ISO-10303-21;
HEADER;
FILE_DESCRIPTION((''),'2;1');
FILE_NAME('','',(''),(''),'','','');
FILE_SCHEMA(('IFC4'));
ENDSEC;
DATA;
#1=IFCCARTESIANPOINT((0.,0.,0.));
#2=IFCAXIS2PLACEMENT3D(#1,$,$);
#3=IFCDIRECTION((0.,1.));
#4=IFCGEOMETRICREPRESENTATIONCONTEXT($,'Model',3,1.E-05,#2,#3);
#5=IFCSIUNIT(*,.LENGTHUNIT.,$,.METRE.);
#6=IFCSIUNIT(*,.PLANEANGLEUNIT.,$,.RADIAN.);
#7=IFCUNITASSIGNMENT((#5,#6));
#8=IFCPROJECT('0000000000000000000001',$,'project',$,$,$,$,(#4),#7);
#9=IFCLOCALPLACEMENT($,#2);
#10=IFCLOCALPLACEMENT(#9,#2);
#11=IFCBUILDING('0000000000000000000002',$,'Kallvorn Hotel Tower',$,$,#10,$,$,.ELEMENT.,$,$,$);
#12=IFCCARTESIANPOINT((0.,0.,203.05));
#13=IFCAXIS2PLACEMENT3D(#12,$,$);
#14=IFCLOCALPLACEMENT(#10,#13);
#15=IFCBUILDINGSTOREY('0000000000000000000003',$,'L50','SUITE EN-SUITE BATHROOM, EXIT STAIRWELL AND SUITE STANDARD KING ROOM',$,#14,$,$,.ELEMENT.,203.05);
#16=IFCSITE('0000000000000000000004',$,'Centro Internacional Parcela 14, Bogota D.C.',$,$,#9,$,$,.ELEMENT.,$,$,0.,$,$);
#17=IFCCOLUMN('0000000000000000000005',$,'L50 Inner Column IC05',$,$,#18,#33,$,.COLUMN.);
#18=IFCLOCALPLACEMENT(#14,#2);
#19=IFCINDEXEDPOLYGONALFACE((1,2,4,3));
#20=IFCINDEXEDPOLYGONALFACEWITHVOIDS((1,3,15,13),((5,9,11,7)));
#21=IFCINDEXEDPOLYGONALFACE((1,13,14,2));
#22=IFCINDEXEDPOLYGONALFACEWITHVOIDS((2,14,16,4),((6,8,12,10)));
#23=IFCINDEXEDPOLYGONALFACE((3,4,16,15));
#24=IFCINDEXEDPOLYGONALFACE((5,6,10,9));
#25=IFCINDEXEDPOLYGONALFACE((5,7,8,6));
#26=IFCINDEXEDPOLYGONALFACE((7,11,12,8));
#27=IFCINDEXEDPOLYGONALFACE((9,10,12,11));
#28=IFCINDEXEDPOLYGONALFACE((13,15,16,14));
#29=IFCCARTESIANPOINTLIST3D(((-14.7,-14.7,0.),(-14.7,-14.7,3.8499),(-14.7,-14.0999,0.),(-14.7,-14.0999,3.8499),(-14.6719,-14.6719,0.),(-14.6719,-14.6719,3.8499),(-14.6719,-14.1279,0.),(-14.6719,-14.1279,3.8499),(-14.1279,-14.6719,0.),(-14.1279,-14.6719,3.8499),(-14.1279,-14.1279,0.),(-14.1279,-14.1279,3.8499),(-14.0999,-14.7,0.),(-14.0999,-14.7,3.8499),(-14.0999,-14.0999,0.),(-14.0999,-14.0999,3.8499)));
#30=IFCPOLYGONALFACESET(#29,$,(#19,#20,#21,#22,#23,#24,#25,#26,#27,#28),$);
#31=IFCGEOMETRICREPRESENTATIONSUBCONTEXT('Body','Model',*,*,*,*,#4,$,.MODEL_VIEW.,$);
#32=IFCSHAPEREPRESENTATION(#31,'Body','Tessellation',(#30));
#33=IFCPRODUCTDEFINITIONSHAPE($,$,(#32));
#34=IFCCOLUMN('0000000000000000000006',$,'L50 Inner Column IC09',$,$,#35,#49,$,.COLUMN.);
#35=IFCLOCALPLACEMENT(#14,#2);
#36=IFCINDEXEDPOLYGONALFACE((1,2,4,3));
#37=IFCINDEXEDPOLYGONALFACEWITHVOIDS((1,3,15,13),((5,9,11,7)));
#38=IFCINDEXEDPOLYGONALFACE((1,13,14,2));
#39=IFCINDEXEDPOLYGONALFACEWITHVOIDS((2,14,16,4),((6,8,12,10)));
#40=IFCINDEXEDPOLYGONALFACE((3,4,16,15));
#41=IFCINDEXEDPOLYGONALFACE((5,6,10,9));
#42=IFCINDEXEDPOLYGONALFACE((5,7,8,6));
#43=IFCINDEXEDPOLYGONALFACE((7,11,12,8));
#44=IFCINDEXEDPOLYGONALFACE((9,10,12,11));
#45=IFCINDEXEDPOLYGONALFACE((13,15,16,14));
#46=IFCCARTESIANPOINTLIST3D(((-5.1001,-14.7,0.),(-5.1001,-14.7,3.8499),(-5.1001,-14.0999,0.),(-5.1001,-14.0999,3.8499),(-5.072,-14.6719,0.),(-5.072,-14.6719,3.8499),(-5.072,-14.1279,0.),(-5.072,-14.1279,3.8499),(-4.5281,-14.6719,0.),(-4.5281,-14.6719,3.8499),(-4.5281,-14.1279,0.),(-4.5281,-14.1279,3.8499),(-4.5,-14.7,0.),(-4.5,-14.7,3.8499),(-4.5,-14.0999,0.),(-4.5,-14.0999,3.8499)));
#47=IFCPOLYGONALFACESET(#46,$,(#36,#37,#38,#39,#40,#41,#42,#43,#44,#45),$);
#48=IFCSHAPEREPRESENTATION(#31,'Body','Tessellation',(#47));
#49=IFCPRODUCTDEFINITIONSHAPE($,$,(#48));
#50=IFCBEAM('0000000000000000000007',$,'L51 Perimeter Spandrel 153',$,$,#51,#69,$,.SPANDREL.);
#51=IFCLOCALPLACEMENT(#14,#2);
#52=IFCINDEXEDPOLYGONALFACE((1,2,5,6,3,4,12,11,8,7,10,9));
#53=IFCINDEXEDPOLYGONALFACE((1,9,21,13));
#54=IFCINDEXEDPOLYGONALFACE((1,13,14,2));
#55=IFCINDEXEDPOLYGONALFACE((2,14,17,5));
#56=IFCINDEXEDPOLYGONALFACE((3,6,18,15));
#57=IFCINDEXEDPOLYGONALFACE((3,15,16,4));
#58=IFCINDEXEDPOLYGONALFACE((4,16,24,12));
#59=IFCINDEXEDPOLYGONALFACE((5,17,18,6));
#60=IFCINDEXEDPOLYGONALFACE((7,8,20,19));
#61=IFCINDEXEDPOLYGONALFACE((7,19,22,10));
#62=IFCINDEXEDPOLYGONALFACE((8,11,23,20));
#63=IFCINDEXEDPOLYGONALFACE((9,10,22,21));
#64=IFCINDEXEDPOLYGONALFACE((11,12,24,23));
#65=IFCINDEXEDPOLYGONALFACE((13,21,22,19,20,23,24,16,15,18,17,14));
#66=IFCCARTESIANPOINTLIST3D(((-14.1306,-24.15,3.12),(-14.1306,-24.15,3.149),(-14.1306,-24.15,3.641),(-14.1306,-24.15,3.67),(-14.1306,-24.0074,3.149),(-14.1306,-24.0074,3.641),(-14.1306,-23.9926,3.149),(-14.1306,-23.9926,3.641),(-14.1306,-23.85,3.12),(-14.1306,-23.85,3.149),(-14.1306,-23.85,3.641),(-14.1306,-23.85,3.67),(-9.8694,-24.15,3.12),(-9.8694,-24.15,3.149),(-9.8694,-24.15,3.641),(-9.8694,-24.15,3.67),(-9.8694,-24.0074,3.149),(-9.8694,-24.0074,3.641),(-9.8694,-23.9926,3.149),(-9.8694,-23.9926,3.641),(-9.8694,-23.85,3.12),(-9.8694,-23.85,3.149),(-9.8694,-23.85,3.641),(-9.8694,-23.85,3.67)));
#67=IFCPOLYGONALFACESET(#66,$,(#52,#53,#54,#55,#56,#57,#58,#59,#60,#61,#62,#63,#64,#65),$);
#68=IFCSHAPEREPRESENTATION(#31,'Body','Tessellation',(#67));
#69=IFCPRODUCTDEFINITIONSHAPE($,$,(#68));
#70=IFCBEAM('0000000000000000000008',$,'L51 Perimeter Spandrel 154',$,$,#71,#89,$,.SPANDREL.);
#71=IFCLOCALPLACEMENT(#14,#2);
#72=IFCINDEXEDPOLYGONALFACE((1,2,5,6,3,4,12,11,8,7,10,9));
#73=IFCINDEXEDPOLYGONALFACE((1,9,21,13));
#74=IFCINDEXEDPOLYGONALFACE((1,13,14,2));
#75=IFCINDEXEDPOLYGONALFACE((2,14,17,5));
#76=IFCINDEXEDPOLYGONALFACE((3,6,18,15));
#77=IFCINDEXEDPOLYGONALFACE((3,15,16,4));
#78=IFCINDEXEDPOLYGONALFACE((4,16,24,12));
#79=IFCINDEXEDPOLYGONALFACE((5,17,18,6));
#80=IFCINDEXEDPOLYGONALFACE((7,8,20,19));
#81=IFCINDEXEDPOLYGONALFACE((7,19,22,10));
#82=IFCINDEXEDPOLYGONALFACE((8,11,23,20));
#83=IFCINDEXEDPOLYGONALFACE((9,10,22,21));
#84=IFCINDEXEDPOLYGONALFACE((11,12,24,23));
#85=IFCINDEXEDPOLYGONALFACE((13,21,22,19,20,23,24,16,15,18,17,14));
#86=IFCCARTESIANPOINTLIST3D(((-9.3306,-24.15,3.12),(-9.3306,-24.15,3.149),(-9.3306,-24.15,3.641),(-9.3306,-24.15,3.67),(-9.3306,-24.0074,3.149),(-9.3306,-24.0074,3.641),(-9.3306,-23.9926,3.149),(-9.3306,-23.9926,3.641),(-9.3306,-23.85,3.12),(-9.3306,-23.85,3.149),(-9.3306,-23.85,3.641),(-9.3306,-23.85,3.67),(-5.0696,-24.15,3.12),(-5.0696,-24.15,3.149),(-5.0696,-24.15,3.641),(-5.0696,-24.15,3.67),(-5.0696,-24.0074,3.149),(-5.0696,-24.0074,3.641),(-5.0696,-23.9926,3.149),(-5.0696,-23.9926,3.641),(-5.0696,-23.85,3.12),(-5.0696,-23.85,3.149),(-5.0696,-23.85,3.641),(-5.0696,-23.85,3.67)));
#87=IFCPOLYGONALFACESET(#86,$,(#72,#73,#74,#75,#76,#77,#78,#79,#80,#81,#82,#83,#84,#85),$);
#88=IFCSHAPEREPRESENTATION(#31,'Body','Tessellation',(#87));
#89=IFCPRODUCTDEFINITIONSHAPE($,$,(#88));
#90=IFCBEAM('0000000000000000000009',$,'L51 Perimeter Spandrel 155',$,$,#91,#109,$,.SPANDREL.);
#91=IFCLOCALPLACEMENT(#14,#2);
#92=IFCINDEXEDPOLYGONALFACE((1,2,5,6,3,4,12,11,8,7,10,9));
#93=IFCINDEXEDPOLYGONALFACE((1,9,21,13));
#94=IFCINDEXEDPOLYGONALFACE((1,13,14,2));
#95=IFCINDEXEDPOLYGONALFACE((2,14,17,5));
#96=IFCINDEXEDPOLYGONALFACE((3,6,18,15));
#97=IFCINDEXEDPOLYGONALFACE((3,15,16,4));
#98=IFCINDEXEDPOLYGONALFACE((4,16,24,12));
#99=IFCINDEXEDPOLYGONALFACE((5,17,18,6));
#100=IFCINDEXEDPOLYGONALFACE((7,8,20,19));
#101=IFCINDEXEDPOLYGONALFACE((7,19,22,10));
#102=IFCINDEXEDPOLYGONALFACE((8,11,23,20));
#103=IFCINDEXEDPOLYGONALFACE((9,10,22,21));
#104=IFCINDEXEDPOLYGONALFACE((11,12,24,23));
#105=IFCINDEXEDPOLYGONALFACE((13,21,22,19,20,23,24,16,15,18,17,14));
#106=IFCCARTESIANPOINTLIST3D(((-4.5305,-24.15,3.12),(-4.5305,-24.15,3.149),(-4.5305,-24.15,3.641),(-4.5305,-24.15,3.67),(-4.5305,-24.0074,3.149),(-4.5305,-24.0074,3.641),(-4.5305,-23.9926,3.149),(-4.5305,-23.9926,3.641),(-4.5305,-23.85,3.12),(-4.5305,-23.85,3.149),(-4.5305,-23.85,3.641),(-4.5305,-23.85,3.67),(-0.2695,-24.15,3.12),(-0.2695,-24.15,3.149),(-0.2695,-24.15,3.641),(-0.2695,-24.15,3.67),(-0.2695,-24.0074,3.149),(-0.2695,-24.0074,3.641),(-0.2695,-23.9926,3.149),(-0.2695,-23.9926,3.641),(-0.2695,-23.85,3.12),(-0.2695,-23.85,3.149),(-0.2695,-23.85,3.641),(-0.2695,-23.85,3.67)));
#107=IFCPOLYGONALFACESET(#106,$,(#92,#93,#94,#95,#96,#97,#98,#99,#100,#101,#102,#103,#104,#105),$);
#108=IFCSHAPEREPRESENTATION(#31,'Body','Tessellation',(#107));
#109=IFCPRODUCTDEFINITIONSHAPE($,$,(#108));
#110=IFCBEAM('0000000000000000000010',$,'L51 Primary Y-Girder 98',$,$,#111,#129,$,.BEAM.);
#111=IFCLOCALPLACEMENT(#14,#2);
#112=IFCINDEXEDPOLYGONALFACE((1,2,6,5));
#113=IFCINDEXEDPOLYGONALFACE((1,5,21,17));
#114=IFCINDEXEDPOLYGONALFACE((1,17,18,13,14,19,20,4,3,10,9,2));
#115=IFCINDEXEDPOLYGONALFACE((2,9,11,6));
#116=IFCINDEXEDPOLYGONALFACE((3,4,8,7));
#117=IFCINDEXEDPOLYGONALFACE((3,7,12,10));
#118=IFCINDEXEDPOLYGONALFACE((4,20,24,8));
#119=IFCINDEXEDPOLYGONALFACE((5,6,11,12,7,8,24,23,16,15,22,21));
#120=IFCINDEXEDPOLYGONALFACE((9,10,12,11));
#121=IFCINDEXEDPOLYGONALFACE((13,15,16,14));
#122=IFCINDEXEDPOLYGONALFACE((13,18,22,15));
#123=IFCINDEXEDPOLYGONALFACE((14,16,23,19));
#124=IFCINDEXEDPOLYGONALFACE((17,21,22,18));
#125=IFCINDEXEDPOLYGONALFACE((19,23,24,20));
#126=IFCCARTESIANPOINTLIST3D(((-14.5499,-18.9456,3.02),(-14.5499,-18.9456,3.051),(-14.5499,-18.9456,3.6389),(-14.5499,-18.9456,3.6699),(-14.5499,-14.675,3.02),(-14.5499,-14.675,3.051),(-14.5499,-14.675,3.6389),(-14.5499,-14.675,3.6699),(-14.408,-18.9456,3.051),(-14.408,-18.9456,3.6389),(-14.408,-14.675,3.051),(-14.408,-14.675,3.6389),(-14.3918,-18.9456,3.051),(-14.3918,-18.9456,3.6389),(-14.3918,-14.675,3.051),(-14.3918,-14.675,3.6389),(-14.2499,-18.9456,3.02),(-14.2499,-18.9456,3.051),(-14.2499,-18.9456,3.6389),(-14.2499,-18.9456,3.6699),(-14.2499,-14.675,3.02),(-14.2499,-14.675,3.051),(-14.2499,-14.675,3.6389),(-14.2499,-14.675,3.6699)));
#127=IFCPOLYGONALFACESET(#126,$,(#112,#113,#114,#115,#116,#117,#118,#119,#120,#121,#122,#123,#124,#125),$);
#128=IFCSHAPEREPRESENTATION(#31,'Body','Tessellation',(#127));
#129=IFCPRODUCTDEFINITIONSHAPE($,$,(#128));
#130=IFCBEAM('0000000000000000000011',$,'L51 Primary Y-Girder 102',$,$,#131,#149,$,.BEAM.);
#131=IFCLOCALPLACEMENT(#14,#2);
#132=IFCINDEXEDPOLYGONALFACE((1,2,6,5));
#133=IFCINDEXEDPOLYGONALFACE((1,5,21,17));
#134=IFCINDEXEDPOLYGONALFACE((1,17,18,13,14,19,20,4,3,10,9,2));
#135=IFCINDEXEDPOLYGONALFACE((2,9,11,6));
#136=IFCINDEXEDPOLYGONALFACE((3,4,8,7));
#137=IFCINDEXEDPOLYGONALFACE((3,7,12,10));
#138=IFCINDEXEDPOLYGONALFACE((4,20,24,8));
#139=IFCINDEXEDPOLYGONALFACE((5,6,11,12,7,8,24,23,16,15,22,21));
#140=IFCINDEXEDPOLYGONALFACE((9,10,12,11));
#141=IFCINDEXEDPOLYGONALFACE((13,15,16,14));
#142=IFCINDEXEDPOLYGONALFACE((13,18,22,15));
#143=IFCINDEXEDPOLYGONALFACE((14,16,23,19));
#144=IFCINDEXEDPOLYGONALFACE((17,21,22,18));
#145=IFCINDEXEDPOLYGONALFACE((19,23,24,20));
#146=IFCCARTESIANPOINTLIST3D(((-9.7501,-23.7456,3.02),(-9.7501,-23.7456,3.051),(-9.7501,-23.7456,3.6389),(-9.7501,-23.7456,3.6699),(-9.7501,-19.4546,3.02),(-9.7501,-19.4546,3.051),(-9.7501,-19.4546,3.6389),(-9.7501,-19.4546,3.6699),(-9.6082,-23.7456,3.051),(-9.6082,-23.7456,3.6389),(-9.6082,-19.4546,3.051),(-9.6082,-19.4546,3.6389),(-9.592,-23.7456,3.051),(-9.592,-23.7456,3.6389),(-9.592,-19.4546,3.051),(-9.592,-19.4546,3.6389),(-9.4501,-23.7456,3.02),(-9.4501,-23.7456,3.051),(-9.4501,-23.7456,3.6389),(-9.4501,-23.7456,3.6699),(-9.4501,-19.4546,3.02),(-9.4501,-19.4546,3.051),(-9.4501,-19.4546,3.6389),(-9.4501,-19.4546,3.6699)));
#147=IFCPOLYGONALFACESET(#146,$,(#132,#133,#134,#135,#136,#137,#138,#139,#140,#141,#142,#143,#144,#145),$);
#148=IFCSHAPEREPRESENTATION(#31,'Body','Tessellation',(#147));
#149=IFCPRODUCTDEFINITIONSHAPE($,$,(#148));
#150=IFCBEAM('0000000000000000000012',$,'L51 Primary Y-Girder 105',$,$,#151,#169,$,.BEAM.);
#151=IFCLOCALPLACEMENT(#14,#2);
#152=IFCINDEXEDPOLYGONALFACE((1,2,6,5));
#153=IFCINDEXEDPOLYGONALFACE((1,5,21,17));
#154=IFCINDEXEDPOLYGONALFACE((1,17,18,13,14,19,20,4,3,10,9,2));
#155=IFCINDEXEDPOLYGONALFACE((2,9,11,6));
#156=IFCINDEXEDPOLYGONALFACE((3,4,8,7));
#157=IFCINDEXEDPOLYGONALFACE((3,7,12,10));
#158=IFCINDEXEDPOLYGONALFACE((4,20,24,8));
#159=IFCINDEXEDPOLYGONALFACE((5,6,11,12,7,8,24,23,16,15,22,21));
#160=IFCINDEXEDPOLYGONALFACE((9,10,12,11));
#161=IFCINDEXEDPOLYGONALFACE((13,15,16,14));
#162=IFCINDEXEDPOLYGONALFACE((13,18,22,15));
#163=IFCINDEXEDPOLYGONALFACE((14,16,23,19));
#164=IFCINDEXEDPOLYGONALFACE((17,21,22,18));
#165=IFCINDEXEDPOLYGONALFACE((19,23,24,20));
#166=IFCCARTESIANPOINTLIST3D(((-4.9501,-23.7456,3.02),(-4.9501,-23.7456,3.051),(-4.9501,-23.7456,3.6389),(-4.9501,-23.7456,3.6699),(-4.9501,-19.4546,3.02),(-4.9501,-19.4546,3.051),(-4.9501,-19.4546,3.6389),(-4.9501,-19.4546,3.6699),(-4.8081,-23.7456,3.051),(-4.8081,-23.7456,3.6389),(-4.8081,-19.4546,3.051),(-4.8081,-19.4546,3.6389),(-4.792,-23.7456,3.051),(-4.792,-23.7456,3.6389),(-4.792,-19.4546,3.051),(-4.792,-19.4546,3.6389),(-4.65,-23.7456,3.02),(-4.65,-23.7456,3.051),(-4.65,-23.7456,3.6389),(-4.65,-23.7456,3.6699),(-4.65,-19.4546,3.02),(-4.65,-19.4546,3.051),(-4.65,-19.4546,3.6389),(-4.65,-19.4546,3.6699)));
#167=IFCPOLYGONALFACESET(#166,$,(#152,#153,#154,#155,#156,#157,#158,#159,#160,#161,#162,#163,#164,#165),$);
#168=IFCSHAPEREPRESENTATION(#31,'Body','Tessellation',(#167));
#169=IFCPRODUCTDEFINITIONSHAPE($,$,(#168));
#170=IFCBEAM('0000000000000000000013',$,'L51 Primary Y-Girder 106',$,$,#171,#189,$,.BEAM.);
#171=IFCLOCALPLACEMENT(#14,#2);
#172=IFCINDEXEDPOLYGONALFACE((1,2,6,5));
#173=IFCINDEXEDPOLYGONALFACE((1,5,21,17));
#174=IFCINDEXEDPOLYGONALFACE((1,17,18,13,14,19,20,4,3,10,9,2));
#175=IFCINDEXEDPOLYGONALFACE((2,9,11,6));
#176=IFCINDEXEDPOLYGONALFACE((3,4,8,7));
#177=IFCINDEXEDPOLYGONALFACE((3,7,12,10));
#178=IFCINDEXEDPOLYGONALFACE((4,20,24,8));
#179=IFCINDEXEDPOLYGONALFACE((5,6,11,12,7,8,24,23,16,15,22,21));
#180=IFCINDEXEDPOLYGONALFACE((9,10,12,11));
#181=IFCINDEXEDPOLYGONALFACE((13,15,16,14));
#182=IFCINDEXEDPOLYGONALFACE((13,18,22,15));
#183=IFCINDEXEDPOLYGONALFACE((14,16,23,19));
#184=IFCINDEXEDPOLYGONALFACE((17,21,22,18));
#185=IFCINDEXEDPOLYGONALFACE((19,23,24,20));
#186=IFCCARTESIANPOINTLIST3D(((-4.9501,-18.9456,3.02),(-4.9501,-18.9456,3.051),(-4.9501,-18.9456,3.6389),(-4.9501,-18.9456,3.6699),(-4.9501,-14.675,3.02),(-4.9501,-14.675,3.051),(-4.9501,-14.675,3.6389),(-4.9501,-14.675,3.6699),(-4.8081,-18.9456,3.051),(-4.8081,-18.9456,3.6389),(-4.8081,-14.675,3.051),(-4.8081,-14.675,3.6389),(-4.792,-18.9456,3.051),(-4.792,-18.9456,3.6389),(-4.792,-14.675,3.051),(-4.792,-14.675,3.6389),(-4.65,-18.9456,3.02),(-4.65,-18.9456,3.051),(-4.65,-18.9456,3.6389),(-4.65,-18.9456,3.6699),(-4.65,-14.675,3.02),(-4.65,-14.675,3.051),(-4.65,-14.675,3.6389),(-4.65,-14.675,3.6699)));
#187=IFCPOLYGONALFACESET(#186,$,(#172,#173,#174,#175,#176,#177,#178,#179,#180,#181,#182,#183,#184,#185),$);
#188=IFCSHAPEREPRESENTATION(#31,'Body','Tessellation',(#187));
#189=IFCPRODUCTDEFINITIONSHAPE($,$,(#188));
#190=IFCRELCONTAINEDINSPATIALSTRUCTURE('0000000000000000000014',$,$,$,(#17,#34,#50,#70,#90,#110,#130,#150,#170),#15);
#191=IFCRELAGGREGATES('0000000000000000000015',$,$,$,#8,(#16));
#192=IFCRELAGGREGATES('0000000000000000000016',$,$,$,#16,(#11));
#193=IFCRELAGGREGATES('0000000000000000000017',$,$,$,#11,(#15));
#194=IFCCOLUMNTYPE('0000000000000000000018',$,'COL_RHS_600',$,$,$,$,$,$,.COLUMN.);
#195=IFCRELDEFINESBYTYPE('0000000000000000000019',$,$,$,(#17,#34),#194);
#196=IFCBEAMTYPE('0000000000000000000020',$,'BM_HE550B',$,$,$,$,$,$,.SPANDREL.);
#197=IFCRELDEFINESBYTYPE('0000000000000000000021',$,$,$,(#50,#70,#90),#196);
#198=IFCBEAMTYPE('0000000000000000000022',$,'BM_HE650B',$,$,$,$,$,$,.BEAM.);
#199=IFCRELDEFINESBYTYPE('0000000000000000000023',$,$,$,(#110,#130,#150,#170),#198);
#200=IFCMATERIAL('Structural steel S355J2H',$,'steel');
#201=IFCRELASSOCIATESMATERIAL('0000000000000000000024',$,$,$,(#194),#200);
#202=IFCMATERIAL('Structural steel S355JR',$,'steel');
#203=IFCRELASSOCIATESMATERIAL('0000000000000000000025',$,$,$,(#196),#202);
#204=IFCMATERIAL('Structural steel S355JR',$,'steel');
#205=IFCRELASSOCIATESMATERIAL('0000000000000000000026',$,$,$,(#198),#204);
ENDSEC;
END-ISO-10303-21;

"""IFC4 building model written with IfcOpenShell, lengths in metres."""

from ifc_helpers import new_model, si_unit, direction, frame, origin, origin_2d, place, context, subcontext, project, spatial, hollow_rectangle, i_section, extrude, material, material_profile, profile_set, type_object, element, save


model = new_model("IFC4")

# Units and contexts
model_context = context("Model", 3, precision=1e-05, world=origin(), true_north=direction((0.0, 1.0)))
body_context = subcontext(model_context, "Body", "Model", "MODEL_VIEW")
ifc_project = project(units=[si_unit("LENGTHUNIT", "METRE"), si_unit("PLANEANGLEUNIT", "RADIAN")], contexts=[model_context])

# Site, building, storey
site_placement = place(None, origin())
site = spatial("IfcSite", under=ifc_project, at=site_placement, Name="Centro Internacional Parcela 14, Bogota D.C.", CompositionType="ELEMENT", RefElevation=0.0)
building_placement = place(site_placement, origin())
building = spatial("IfcBuilding", under=site, at=building_placement, Name="Kallvorn Hotel Tower", CompositionType="ELEMENT")
storey_placement = place(building_placement, frame((0.0, 0.0, 203.05)))
storey = spatial("IfcBuildingStorey", under=building, at=storey_placement, Name="L50", Description="SUITE EN-SUITE BATHROOM, EXIT STAIRWELL AND SUITE STANDARD KING ROOM", CompositionType="ELEMENT", Elevation=203.05)

# Columns
ifc_material_1 = material(Name="Structural steel S355J2H", Category="steel")
ifc_material_profile_1 = material_profile(ifc_material_1, hollow_rectangle(XDim=0.6001, YDim=0.6001, WallThickness=0.0281, at=origin_2d()), Name="RHS 600x600x28")
ifc_profile_set_1 = profile_set([ifc_material_profile_1], Name="Structural steel S355J2H")
column_type_1 = type_object("IfcColumnType", Name="COL_RHS_600", PredefinedType="COLUMN", material=ifc_profile_set_1)
for number, where, z_axis, x_axis, name in (
    (1, (-14.3999, -14.3999, 0.0), (0.0, 0.0, 1.0), (1.0, 0.0, 0.0), "L50 Inner Column IC05"),
    (2, (-4.8, -14.3999, 0.0), (0.0, 0.0, 1.0), (1.0, 0.0, 0.0), "L50 Inner Column IC09"),
):
    element("IfcColumn", number, at=place(storey_placement, frame(where, z_axis=z_axis, x_axis=x_axis)), inside=storey, type_object=column_type_1, Name=name, PredefinedType="COLUMN", context=body_context, shape_type="SweptSolid", body=[
        extrude(hollow_rectangle(XDim=0.6001, YDim=0.6001, WallThickness=0.0281, at=origin_2d()), origin(), (0.0, 0.0, 1.0), 3.8499),
    ])

# Beams
ifc_material_2 = material(Name="Structural steel S355JR", Category="steel")
ifc_material_profile_2 = material_profile(ifc_material_2, i_section(OverallWidth=0.3, OverallDepth=0.55, WebThickness=0.0149, FlangeThickness=0.0291, at=origin_2d()), Name="HE 550 B")
ifc_profile_set_2 = profile_set([ifc_material_profile_2], Name="Structural steel S355JR")
beam_type_1 = type_object("IfcBeamType", Name="BM_HE550B", PredefinedType="SPANDREL", material=ifc_profile_set_2)
beam_1_placement = place(storey_placement, frame((-14.1306, -24.0, 3.395), z_axis=(1.0, 0.0, 0.0), x_axis=(0.0, 1.0, 0.0)))
element("IfcBeam", 3, at=beam_1_placement, inside=storey, type_object=beam_type_1, Name="L51 Perimeter Spandrel 153", PredefinedType="SPANDREL", context=body_context, shape_type="SweptSolid", body=[
    extrude(i_section(OverallWidth=0.3, OverallDepth=0.55, WebThickness=0.0149, FlangeThickness=0.0291, at=origin_2d()), origin(), (0.0, 0.0, 1.0), 4.2612),
])
for number, where, z_axis, x_axis, name in (
    (4, (-9.3306, -24.0, 3.395), (1.0, 0.0, 0.0), (0.0, 1.0, 0.0), "L51 Perimeter Spandrel 154"),
    (5, (-4.5305, -24.0, 3.395), (1.0, 0.0, 0.0), (0.0, 1.0, 0.0), "L51 Perimeter Spandrel 155"),
):
    element("IfcBeam", number, at=place(storey_placement, frame(where, z_axis=z_axis, x_axis=x_axis)), inside=storey, type_object=beam_type_1, Name=name, PredefinedType="SPANDREL", context=body_context, shape_type="SweptSolid", body=[
        extrude(i_section(OverallWidth=0.3, OverallDepth=0.55, WebThickness=0.0149, FlangeThickness=0.0291, at=origin_2d()), origin(), (0.0, 0.0, 1.0), 4.261),
    ])
ifc_material_3 = material(Name="Structural steel S355JR", Category="steel")
ifc_material_profile_3 = material_profile(ifc_material_3, i_section(OverallWidth=0.3, OverallDepth=0.6499, WebThickness=0.0161, FlangeThickness=0.031, at=origin_2d()), Name="HE 650 B")
ifc_profile_set_3 = profile_set([ifc_material_profile_3], Name="Structural steel S355JR")
beam_type_2 = type_object("IfcBeamType", Name="BM_HE650B", PredefinedType="BEAM", material=ifc_profile_set_3)
beam_2_placement = place(storey_placement, frame((-14.3999, -18.9456, 3.345), z_axis=(0.0, 1.0, 0.0), x_axis=(-1.0, 0.0, 0.0)))
element("IfcBeam", 6, at=beam_2_placement, inside=storey, type_object=beam_type_2, Name="L51 Primary Y-Girder 98", PredefinedType="BEAM", context=body_context, shape_type="SweptSolid", body=[
    extrude(i_section(OverallWidth=0.3, OverallDepth=0.6499, WebThickness=0.0161, FlangeThickness=0.031, at=origin_2d()), origin(), (0.0, 0.0, 1.0), 4.2705),
])
for number, where, z_axis, x_axis, name in (
    (7, (-9.6001, -23.7456, 3.345), (0.0, 1.0, 0.0), (-1.0, 0.0, 0.0), "L51 Primary Y-Girder 102"),
    (8, (-4.8, -23.7456, 3.345), (0.0, 1.0, 0.0), (-1.0, 0.0, 0.0), "L51 Primary Y-Girder 105"),
):
    element("IfcBeam", number, at=place(storey_placement, frame(where, z_axis=z_axis, x_axis=x_axis)), inside=storey, type_object=beam_type_2, Name=name, PredefinedType="BEAM", context=body_context, shape_type="SweptSolid", body=[
        extrude(i_section(OverallWidth=0.3, OverallDepth=0.6499, WebThickness=0.0161, FlangeThickness=0.031, at=origin_2d()), origin(), (0.0, 0.0, 1.0), 4.291),
    ])
beam_3_placement = place(storey_placement, frame((-4.8, -18.9456, 3.345), z_axis=(0.0, 1.0, 0.0), x_axis=(-1.0, 0.0, 0.0)))
element("IfcBeam", 9, at=beam_3_placement, inside=storey, type_object=beam_type_2, Name="L51 Primary Y-Girder 106", PredefinedType="BEAM", context=body_context, shape_type="SweptSolid", body=[
    extrude(i_section(OverallWidth=0.3, OverallDepth=0.6499, WebThickness=0.0161, FlangeThickness=0.031, at=origin_2d()), origin(), (0.0, 0.0, 1.0), 4.2705),
])

save(model, "model.ifc")
